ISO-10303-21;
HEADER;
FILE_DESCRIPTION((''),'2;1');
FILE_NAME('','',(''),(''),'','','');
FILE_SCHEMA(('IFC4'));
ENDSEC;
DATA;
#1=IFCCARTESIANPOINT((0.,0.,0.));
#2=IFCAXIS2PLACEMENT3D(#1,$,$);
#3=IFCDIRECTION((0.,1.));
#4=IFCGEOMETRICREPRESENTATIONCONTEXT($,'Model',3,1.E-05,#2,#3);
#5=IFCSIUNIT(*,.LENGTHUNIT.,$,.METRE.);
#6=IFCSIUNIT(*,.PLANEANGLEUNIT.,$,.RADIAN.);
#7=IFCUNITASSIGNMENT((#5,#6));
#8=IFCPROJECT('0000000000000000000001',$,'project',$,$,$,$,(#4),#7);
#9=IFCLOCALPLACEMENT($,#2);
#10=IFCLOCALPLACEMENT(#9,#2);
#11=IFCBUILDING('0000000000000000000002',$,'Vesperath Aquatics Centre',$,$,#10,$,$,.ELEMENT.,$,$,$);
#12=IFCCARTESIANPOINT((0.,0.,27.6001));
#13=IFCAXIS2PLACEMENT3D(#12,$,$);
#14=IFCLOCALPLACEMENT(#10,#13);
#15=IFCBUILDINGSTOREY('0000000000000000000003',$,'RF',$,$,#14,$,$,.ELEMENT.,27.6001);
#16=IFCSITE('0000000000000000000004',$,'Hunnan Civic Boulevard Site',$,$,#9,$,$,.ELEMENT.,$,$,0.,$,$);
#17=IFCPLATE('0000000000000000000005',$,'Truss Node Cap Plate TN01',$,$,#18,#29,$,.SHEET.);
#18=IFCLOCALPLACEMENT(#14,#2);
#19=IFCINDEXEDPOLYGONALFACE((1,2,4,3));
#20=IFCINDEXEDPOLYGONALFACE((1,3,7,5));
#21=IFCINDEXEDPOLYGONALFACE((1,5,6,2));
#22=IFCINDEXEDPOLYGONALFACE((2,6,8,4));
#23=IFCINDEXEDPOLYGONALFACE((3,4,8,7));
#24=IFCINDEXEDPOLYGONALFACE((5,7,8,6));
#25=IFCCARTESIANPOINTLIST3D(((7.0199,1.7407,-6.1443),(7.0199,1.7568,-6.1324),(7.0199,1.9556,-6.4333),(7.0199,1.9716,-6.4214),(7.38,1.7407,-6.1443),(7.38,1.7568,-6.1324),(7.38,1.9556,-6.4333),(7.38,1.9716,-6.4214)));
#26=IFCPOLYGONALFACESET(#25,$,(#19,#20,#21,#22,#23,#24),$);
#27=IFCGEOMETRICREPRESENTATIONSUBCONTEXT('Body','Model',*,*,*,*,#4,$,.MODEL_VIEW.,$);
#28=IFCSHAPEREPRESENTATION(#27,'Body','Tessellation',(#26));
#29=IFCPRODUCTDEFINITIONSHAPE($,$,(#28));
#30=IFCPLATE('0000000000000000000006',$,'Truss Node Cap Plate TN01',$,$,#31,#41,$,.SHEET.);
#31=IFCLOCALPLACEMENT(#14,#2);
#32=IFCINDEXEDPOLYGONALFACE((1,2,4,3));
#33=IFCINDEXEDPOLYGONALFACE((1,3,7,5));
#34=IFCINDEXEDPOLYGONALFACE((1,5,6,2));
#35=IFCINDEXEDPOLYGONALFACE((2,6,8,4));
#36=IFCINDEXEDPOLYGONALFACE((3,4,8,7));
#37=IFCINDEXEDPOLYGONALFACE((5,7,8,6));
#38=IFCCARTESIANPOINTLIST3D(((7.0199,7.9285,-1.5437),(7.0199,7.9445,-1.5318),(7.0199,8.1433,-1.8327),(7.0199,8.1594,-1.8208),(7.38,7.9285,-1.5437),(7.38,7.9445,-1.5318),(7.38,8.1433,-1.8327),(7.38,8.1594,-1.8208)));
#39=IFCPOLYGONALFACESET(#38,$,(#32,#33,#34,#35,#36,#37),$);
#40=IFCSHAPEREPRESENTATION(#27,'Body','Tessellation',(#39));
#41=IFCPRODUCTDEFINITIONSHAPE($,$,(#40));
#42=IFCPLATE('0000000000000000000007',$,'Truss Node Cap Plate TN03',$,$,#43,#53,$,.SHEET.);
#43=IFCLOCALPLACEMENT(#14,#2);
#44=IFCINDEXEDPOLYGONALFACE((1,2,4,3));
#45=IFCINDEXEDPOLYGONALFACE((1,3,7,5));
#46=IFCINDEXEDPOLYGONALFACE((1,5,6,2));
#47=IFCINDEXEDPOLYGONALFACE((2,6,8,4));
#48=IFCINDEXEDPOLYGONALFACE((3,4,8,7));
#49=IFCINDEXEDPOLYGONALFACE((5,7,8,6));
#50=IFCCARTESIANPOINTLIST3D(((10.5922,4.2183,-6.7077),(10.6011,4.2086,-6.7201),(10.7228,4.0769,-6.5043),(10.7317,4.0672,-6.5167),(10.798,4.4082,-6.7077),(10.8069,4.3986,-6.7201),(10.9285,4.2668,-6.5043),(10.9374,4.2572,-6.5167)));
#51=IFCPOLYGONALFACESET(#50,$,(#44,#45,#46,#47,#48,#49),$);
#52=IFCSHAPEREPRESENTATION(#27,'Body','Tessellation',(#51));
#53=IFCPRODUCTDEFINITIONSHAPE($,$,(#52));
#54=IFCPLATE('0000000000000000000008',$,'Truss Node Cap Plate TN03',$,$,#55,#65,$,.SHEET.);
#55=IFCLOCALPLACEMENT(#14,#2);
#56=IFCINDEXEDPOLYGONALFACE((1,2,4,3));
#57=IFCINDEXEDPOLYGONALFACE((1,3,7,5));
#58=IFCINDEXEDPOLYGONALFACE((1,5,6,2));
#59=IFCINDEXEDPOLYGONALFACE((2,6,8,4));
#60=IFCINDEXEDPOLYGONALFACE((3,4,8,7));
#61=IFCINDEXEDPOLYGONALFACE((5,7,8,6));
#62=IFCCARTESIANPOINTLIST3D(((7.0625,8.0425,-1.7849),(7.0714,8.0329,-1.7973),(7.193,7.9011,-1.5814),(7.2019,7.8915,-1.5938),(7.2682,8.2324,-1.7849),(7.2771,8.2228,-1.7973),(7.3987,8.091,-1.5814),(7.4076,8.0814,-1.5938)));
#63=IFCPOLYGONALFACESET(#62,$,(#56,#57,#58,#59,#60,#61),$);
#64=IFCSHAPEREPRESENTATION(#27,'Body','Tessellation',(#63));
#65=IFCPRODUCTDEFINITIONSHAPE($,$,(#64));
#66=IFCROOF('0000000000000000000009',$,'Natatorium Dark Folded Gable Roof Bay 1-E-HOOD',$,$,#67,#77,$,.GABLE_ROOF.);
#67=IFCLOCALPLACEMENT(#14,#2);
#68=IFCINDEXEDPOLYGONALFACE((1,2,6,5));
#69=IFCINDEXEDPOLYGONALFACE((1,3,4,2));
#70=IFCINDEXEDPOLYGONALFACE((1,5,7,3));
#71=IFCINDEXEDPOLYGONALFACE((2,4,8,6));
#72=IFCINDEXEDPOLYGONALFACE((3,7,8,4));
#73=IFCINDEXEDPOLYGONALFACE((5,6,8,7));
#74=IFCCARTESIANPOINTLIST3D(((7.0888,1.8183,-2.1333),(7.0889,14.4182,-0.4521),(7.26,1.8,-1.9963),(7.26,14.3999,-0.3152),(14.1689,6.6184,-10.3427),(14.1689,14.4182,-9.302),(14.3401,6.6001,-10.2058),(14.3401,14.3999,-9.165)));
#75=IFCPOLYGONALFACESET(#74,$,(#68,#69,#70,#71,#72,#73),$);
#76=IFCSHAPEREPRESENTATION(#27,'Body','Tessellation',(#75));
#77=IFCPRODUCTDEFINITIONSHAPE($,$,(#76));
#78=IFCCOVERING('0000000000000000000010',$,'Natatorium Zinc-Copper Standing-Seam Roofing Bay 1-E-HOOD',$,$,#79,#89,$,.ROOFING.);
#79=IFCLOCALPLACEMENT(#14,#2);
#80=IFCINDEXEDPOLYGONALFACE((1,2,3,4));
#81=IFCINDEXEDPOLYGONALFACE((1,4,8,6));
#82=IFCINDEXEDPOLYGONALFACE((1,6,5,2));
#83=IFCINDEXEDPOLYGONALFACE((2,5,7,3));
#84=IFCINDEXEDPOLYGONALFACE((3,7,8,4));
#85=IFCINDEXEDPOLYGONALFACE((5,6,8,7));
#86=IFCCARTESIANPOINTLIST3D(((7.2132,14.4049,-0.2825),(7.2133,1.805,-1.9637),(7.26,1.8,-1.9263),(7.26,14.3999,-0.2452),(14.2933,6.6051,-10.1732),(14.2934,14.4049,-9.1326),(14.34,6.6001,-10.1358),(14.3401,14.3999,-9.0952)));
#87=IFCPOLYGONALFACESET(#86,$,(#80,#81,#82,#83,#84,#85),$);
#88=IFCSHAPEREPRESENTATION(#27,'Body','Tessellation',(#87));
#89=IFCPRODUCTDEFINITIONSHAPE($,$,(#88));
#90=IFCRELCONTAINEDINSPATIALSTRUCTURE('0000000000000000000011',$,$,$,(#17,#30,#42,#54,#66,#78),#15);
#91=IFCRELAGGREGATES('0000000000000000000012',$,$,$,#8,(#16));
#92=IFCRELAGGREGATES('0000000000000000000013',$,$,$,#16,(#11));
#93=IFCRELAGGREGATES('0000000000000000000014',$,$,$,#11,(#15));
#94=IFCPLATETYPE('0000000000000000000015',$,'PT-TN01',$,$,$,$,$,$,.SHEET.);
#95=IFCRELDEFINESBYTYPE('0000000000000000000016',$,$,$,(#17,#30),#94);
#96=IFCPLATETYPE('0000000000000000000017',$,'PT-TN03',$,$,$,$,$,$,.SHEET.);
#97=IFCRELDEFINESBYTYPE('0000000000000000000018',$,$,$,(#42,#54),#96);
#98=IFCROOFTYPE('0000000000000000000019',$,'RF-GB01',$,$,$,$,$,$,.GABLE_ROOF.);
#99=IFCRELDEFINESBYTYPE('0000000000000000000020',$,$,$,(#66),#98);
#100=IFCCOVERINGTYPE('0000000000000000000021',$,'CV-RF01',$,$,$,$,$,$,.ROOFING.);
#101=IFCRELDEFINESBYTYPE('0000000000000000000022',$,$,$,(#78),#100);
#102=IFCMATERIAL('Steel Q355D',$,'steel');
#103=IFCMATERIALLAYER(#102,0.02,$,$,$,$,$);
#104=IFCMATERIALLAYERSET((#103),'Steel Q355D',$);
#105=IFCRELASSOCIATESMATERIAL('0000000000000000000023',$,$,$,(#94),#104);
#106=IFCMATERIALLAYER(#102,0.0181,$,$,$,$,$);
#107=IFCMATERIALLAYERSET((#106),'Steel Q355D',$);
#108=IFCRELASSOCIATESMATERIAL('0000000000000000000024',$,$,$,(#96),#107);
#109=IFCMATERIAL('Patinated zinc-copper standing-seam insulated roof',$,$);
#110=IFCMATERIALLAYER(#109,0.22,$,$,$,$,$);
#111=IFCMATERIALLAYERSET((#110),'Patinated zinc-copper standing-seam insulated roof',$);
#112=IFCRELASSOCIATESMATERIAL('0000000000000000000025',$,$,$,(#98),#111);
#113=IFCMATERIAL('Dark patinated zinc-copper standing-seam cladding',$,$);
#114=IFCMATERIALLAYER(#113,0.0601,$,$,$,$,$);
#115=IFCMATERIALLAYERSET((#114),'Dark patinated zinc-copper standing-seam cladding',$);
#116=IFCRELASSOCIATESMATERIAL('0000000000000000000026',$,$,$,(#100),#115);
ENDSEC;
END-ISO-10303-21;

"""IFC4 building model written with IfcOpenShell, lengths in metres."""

from ifc_helpers import new_model, si_unit, direction, frame, origin, origin_2d, place, context, subcontext, project, spatial, polyline, rectangle, outline, extrude, material, layer, layer_set, type_object, element, save


model = new_model("IFC4")

# Units and contexts
model_context = context("Model", 3, precision=1e-05, world=origin(), true_north=direction((0.0, 1.0)))
body_context = subcontext(model_context, "Body", "Model", "MODEL_VIEW")
ifc_project = project(units=[si_unit("LENGTHUNIT", "METRE"), si_unit("PLANEANGLEUNIT", "RADIAN")], contexts=[model_context])

# Site, building, storey
site_placement = place(None, origin())
site = spatial("IfcSite", under=ifc_project, at=site_placement, Name="Hunnan Civic Boulevard Site", CompositionType="ELEMENT", RefElevation=0.0)
building_placement = place(site_placement, origin())
building = spatial("IfcBuilding", under=site, at=building_placement, Name="Vesperath Aquatics Centre", CompositionType="ELEMENT")
storey_placement = place(building_placement, frame((0.0, 0.0, 27.6001)))
storey = spatial("IfcBuildingStorey", under=building, at=storey_placement, Name="RF", CompositionType="ELEMENT", Elevation=27.6001)

# Shared definitions
ifc_material_1 = material(Name="Steel Q355D", Category="steel")

# Plates
ifc_layer_1 = layer(ifc_material_1, 0.02)
ifc_layer_set_1 = layer_set([ifc_layer_1], Name="Steel Q355D")
plate_type_1 = type_object("IfcPlateType", Name="PT-TN01", PredefinedType="SHEET", material=ifc_layer_set_1)
for number, where, z_axis, x_axis, name in (
    (1, (7.2, 1.8481, -6.2888), (0.0, 0.802494, 0.59666), (-1.0, 0.0, 0.0), "Truss Node Cap Plate TN01"),
    (2, (7.2, 8.0359, -1.6882), (0.0, 0.802494, 0.59666), (-1.0, 0.0, 0.0), "Truss Node Cap Plate TN01"),
):
    element("IfcPlate", number, at=place(storey_placement, frame(where, z_axis=z_axis, x_axis=x_axis)), inside=storey, type_object=plate_type_1, Name=name, PredefinedType="SHEET", context=body_context, shape_type="SweptSolid", body=[
        extrude(rectangle(XDim=0.3601, YDim=0.3601, at=origin_2d()), origin(), (0.0, 0.0, 1.0), 0.02),
    ])
ifc_layer_2 = layer(ifc_material_1, 0.0181)
ifc_layer_set_2 = layer_set([ifc_layer_2], Name="Steel Q355D")
plate_type_2 = type_object("IfcPlateType", Name="PT-TN03", PredefinedType="SHEET", material=ifc_layer_set_2)
for number, where, z_axis, x_axis, name in (
    (3, (10.7693, 4.2329, -6.6184), (-0.492765, 0.533829, 0.687175), (-0.734803, -0.67828, 0.0), "Truss Node Cap Plate TN03"),
    (4, (7.2395, 8.0571, -1.6956), (-0.492765, 0.533829, 0.687175), (-0.734803, -0.67828, 0.0), "Truss Node Cap Plate TN03"),
):
    element("IfcPlate", number, at=place(storey_placement, frame(where, z_axis=z_axis, x_axis=x_axis)), inside=storey, type_object=plate_type_2, Name=name, PredefinedType="SHEET", context=body_context, shape_type="SweptSolid", body=[
        extrude(rectangle(XDim=0.28, YDim=0.28, at=origin_2d()), origin(), (0.0, 0.0, 1.0), 0.0181),
    ])

# Roof
ifc_material_2 = material(Name="Patinated zinc-copper standing-seam insulated roof")
ifc_layer_3 = layer(ifc_material_2, 0.22)
ifc_layer_set_3 = layer_set([ifc_layer_3], Name="Patinated zinc-copper standing-seam insulated roof")
roof_type = type_object("IfcRoofType", Name="RF-GB01", PredefinedType="GABLE_ROOF", material=ifc_layer_set_3)
roof_placement = place(storey_placement, frame((7.26, 1.8, -1.9963), z_axis=(0.778163, -0.083066, 0.622545), x_axis=(0.597177, 0.404864, -0.692434)))
element("IfcRoof", 5, at=roof_placement, inside=storey, type_object=roof_type, Name="Natatorium Dark Folded Gable Roof Bay 1-E-HOOD", PredefinedType="GABLE_ROOF", context=body_context, shape_type="SweptSolid", body=[
    extrude(outline(polyline([(0.0, 0.0), (11.8559, 0.0), (14.2931, 7.482), (3.9371, 12.0864), (0.0, 0.0)])), origin(), (0.0, 0.0, -1.0), 0.22),
])

# Covering
ifc_material_3 = material(Name="Dark patinated zinc-copper standing-seam cladding")
ifc_layer_4 = layer(ifc_material_3, 0.0601)
ifc_layer_set_4 = layer_set([ifc_layer_4], Name="Dark patinated zinc-copper standing-seam cladding")
covering_type = type_object("IfcCoveringType", Name="CV-RF01", PredefinedType="ROOFING", material=ifc_layer_set_4)
covering_placement = place(storey_placement, frame((7.26, 1.8, -1.9263), z_axis=(0.778167, -0.083058, 0.622541), x_axis=(0.597171, 0.404865, -0.692439)))
element("IfcCovering", 6, at=covering_placement, inside=storey, type_object=covering_type, Name="Natatorium Zinc-Copper Standing-Seam Roofing Bay 1-E-HOOD", PredefinedType="ROOFING", context=body_context, shape_type="SweptSolid", body=[
    extrude(outline(polyline([(0.0, 0.0), (11.8559, 0.0), (14.2933, 7.4819), (3.9371, 12.0864), (0.0, 0.0)])), origin(), (0.0, 0.0, -1.0), 0.0601),
])

save(model, "model.ifc")
